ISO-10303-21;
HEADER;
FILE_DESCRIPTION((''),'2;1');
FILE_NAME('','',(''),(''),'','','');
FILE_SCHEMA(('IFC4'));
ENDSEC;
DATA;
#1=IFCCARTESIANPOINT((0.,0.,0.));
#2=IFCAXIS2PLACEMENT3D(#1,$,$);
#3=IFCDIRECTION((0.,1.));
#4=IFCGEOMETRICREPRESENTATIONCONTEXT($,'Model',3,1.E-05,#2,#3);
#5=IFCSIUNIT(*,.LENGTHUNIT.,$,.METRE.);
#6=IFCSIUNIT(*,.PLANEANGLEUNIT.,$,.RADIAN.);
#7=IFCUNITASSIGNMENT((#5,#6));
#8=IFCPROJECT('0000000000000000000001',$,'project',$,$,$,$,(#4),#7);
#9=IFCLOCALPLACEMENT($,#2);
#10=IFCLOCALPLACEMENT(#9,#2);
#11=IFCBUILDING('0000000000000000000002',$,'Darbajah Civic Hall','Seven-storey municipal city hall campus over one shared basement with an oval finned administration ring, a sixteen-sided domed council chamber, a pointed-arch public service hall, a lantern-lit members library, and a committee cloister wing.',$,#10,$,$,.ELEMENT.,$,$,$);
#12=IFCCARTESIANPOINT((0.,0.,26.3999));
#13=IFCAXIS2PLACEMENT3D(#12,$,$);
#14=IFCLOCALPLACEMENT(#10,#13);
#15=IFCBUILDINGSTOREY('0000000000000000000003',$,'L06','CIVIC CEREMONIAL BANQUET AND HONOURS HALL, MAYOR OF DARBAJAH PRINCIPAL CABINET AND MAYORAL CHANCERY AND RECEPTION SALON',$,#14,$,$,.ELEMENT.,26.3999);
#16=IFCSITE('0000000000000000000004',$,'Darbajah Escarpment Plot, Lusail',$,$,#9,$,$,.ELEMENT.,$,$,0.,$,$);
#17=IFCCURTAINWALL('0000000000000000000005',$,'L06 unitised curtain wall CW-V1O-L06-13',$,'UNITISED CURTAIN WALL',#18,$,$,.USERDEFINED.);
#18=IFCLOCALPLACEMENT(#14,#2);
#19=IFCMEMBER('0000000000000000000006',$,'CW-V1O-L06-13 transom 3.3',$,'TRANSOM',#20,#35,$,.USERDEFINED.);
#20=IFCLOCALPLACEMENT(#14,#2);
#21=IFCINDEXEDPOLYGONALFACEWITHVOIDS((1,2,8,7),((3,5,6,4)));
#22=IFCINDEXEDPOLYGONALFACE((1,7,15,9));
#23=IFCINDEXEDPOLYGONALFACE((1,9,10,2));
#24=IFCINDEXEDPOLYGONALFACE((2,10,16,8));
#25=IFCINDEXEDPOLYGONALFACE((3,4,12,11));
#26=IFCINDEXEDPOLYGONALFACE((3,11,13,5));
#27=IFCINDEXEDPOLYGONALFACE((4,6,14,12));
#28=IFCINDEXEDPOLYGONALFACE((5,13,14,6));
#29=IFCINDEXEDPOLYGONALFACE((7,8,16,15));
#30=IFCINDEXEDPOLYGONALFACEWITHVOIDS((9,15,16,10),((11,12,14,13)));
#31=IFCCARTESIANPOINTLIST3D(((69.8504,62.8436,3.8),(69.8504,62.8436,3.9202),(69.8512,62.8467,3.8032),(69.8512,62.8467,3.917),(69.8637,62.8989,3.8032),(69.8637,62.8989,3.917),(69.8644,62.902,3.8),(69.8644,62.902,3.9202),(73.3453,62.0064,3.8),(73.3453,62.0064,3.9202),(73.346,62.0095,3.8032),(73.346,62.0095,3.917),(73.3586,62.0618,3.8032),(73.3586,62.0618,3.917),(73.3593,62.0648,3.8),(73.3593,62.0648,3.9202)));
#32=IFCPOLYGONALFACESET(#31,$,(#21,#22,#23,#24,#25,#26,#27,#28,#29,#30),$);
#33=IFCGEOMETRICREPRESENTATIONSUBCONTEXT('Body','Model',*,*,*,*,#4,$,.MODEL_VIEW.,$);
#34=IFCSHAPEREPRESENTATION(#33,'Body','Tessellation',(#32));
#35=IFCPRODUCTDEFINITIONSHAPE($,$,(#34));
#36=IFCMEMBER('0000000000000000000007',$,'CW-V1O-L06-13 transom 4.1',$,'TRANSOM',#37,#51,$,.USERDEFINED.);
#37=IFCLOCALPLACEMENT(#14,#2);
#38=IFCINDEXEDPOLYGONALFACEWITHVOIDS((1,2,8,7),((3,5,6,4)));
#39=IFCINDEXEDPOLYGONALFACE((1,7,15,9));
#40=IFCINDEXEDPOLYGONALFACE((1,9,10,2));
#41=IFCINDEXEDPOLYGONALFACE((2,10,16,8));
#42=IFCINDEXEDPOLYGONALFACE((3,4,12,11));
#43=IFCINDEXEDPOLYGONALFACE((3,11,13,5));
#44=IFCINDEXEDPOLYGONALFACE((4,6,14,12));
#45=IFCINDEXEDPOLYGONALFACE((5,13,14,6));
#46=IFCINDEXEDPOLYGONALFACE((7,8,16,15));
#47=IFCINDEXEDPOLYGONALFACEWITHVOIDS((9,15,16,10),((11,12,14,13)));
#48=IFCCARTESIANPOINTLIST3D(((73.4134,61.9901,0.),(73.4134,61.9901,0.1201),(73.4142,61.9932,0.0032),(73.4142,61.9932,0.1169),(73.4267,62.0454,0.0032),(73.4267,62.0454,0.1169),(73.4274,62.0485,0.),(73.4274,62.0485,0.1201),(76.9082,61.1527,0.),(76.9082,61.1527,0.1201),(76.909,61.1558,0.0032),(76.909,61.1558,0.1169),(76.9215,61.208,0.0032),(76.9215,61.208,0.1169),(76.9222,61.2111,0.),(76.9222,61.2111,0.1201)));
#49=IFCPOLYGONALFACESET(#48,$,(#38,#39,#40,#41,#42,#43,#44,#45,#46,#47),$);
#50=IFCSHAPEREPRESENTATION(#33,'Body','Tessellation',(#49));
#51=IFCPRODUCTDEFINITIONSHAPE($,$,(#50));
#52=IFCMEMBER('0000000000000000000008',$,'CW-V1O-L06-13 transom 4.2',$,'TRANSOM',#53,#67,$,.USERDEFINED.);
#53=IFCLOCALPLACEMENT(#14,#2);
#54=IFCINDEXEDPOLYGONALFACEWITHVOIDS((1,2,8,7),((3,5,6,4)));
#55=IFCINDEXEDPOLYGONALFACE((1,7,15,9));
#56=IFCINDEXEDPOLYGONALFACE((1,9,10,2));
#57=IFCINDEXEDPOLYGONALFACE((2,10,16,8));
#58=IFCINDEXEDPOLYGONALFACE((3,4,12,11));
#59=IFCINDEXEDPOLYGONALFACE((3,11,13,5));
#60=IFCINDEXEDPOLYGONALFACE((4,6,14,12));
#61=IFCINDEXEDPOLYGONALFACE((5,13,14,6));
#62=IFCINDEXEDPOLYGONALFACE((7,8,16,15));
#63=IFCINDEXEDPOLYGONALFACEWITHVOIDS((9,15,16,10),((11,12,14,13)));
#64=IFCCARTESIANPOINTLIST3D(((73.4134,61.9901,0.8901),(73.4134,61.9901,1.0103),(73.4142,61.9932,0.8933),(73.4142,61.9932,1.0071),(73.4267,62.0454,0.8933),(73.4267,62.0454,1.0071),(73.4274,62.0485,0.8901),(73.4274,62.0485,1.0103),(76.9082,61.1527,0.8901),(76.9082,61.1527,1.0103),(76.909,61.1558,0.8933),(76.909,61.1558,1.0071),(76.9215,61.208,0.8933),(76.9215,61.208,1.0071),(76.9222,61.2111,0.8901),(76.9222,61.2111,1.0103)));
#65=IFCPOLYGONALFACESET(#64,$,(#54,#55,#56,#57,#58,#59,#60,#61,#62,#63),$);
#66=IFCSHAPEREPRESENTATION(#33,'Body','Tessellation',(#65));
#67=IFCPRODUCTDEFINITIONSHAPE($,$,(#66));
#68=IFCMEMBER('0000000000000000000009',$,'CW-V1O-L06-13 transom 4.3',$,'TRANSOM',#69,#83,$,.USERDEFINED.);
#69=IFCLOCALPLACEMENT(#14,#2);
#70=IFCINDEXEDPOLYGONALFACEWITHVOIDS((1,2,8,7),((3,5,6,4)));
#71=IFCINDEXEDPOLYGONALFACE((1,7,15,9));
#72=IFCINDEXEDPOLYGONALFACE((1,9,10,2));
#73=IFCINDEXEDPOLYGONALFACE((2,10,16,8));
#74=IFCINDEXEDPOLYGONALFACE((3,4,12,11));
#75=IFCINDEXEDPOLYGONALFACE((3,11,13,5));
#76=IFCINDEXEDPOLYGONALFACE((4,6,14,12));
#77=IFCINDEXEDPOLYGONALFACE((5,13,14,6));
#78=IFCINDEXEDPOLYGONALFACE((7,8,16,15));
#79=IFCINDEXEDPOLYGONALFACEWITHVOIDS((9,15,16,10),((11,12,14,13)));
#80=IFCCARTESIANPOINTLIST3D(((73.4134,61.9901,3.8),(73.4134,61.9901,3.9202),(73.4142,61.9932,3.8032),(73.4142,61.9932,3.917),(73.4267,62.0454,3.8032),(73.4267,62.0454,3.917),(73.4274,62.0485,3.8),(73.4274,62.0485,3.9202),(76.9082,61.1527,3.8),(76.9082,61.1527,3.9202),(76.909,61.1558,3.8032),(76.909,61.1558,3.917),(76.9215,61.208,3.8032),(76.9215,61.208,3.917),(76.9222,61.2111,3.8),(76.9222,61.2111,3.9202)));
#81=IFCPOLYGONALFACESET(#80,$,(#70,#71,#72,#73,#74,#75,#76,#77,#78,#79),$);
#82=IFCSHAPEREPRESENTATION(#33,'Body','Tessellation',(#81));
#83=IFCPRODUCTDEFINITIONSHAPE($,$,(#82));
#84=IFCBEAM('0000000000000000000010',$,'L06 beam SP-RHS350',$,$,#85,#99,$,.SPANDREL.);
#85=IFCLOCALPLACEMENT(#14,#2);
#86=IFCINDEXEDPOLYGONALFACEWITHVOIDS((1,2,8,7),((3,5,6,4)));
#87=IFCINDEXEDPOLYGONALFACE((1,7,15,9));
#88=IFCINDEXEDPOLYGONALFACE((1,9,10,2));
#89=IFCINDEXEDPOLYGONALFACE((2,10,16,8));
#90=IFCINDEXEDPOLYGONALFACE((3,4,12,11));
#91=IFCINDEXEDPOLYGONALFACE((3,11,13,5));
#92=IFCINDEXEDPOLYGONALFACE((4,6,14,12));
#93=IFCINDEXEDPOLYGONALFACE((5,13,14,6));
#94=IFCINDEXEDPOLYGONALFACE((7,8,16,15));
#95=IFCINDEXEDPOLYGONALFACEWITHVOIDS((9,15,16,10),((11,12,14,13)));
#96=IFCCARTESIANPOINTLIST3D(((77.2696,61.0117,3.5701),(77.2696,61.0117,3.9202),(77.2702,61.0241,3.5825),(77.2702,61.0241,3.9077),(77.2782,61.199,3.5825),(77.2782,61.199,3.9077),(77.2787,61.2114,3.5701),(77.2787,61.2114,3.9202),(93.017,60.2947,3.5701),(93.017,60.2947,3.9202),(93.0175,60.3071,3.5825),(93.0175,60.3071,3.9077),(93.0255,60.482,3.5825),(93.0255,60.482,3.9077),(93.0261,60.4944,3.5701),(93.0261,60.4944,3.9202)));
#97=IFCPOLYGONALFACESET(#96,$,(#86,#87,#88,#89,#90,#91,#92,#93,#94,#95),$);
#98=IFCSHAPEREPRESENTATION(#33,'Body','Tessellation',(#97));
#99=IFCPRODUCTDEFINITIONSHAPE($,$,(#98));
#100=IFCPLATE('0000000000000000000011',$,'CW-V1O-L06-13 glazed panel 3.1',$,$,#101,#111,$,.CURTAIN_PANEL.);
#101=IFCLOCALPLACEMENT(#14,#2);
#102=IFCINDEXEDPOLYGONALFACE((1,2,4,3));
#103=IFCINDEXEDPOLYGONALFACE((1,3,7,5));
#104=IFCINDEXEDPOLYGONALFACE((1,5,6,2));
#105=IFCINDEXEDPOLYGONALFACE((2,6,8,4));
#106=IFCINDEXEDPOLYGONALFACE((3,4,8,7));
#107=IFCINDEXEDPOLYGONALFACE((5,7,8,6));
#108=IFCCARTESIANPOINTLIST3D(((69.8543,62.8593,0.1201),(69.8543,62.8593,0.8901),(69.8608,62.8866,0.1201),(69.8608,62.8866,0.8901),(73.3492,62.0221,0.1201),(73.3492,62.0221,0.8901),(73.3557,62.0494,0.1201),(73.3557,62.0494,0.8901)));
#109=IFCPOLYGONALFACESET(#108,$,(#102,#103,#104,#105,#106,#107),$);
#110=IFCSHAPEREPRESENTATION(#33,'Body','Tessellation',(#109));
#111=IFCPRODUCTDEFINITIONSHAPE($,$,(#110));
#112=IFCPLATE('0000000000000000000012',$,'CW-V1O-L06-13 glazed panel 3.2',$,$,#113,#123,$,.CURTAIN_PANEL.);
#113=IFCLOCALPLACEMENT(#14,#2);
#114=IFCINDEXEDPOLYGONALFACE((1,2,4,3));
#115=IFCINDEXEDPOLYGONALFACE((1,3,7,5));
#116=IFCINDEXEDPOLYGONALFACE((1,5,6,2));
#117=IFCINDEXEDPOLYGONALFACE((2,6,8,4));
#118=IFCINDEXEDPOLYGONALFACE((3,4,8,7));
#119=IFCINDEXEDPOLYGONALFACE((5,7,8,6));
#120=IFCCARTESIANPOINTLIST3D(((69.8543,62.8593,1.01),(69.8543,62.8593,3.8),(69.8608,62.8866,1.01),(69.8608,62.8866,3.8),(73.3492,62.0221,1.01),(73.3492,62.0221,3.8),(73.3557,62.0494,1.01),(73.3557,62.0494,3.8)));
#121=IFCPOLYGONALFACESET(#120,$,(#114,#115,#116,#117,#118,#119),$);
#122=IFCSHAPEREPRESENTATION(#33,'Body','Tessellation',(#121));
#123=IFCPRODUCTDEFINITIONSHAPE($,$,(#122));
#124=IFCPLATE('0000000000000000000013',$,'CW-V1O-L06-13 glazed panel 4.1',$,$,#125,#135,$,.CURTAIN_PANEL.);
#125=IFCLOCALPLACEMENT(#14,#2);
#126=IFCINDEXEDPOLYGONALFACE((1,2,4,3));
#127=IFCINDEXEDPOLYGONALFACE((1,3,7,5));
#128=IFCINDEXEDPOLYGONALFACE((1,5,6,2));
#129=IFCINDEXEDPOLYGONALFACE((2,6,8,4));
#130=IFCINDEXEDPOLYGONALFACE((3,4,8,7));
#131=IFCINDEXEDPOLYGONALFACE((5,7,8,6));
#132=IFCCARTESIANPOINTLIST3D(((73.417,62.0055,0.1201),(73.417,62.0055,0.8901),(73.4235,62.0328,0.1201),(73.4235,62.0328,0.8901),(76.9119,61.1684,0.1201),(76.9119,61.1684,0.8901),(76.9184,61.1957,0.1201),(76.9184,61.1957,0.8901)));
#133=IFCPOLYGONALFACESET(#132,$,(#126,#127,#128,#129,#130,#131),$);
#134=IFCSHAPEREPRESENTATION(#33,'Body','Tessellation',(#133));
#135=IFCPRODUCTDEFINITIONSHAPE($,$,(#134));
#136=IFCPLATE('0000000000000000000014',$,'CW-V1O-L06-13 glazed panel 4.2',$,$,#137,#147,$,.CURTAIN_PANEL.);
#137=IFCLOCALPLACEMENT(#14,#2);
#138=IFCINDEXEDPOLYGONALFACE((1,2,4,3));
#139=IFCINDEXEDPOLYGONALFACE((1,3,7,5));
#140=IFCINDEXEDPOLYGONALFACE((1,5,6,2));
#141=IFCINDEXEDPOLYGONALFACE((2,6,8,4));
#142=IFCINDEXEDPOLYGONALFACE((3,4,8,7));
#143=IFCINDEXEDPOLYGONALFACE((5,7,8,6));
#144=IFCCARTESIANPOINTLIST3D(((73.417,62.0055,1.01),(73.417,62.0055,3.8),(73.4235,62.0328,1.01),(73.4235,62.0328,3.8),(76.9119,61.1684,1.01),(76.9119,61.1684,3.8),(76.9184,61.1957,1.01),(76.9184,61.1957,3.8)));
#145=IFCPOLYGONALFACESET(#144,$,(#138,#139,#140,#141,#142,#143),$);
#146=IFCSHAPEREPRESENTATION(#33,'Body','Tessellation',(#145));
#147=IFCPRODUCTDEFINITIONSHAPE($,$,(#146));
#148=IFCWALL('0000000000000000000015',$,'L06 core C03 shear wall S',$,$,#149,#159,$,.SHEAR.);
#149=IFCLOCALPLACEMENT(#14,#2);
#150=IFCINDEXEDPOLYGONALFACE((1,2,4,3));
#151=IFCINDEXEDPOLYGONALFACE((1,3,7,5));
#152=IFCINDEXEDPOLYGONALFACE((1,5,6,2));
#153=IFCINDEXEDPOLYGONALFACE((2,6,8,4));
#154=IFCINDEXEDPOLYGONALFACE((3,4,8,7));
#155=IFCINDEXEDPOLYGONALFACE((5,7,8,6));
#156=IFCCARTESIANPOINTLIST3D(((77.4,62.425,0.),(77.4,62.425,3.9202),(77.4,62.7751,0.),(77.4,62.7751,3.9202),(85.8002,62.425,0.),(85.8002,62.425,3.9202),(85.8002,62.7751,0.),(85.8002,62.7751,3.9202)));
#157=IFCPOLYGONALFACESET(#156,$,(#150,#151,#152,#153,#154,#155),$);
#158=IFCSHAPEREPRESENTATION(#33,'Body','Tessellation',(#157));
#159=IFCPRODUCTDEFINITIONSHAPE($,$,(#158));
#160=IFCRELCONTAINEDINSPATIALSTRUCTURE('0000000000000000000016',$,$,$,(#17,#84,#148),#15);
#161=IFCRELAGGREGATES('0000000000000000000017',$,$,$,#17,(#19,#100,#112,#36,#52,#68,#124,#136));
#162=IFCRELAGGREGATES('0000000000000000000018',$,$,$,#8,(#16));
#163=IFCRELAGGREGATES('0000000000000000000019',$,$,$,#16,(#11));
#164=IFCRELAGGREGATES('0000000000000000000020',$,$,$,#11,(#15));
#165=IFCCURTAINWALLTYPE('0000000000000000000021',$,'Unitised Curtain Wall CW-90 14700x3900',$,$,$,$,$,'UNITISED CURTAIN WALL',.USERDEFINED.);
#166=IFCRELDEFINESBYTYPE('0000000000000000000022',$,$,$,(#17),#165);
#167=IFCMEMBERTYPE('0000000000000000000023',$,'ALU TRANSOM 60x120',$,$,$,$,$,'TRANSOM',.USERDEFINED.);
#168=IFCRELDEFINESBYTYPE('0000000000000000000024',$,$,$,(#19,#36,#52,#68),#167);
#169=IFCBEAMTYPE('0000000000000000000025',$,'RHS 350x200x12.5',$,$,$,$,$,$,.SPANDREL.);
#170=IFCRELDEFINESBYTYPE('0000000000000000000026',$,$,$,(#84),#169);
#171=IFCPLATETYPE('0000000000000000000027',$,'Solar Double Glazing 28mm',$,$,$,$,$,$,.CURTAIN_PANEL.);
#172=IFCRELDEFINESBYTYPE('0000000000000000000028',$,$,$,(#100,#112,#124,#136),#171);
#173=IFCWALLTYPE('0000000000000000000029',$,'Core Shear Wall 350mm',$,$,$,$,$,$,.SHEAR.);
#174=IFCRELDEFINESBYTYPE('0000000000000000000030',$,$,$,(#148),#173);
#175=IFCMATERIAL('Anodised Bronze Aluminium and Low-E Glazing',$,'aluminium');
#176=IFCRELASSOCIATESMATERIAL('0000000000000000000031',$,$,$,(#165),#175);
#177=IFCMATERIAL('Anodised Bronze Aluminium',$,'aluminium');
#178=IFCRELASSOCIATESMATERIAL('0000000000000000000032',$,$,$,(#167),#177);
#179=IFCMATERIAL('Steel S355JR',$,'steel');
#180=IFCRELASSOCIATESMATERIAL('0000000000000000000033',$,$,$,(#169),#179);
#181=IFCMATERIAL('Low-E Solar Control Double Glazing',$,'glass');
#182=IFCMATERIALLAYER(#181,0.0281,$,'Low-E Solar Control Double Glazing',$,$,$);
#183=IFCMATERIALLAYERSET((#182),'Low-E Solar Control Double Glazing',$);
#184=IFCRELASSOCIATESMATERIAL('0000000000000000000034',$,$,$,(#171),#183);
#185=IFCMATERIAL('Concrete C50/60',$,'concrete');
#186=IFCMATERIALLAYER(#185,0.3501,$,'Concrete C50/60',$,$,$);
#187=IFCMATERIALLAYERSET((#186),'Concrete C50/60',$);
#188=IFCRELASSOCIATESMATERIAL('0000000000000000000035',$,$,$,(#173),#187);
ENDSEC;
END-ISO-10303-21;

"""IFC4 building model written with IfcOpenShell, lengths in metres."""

from ifc_helpers import new_model, si_unit, direction, frame, frame_2d, origin, origin_2d, place, context, subcontext, project, spatial, rectangle, hollow_rectangle, extrude, material, layer, layer_set, material_profile, profile_set, type_object, element, aggregate, save


model = new_model("IFC4")

# Units and contexts
model_context = context("Model", 3, precision=1e-05, world=origin(), true_north=direction((0.0, 1.0)))
body_context = subcontext(model_context, "Body", "Model", "MODEL_VIEW")
ifc_project = project(units=[si_unit("LENGTHUNIT", "METRE"), si_unit("PLANEANGLEUNIT", "RADIAN")], contexts=[model_context])

# Site, building, storey
site_placement = place(None, origin())
site = spatial("IfcSite", under=ifc_project, at=site_placement, Name="Darbajah Escarpment Plot, Lusail", CompositionType="ELEMENT", RefElevation=0.0)
building_placement = place(site_placement, origin())
building = spatial("IfcBuilding", under=site, at=building_placement, Name="Darbajah Civic Hall", Description="Seven-storey municipal city hall campus over one shared basement with an oval finned administration ring, a sixteen-sided domed council chamber, a pointed-arch public service hall, a lantern-lit members library, and a committee cloister wing.", CompositionType="ELEMENT")
storey_placement = place(building_placement, frame((0.0, 0.0, 26.3999)))
storey = spatial("IfcBuildingStorey", under=building, at=storey_placement, Name="L06", Description="CIVIC CEREMONIAL BANQUET AND HONOURS HALL, MAYOR OF DARBAJAH PRINCIPAL CABINET AND MAYORAL CHANCERY AND RECEPTION SALON", CompositionType="ELEMENT", Elevation=26.3999)

# Shared definitions
ifc_material_1 = material(Name="Anodised Bronze Aluminium and Low-E Glazing", Category="aluminium")
ifc_material_2 = material(Name="Anodised Bronze Aluminium", Category="aluminium")

# Curtain wall
curtain_wall_type_1 = type_object("IfcCurtainWallType", Name="Unitised Curtain Wall CW-90 14700x3900", ElementType="UNITISED CURTAIN WALL", PredefinedType="USERDEFINED", material=ifc_material_1)
curtain_wall_1_placement = place(storey_placement, origin())
curtain_wall_1 = element("IfcCurtainWall", 1, at=curtain_wall_1_placement, inside=storey, type_object=curtain_wall_type_1, Name="L06 unitised curtain wall CW-V1O-L06-13", ObjectType="UNITISED CURTAIN WALL", PredefinedType="USERDEFINED")

# Members
ifc_material_profile_1 = material_profile(ifc_material_2, hollow_rectangle(XDim=0.0601, YDim=0.1201, WallThickness=0.0032, at=origin_2d()), Name="ALU TRANSOM 60x120")
ifc_profile_set_1 = profile_set([ifc_material_profile_1], Name="Anodised Bronze Aluminium")
member_type_1 = type_object("IfcMemberType", Name="ALU TRANSOM 60x120", ElementType="TRANSOM", PredefinedType="USERDEFINED", material=ifc_profile_set_1)
member_1_placement = place(storey_placement, frame((69.8574, 62.8728, 3.8601), z_axis=(0.972489, -0.232949, 0.0), x_axis=(0.232949, 0.972489, 0.0)))
member_1 = element("IfcMember", 2, at=member_1_placement, type_object=member_type_1, Name="CW-V1O-L06-13 transom 3.3", ObjectType="TRANSOM", PredefinedType="USERDEFINED", context=body_context, shape_type="SweptSolid", body=[
    extrude(hollow_rectangle(XDim=0.0601, YDim=0.1201, WallThickness=0.0032, at=origin_2d()), origin(), (0.0, 0.0, 1.0), 3.5938),
])
member_2_placement = place(storey_placement, frame((73.4204, 62.0193, 0.0601), z_axis=(0.972474, -0.233013, 0.0), x_axis=(0.233013, 0.972474, 0.0)))
member_2 = element("IfcMember", 3, at=member_2_placement, type_object=member_type_1, Name="CW-V1O-L06-13 transom 4.1", ObjectType="TRANSOM", PredefinedType="USERDEFINED", context=body_context, shape_type="SweptSolid", body=[
    extrude(hollow_rectangle(XDim=0.0601, YDim=0.1201, WallThickness=0.0032, at=origin_2d()), origin(), (0.0, 0.0, 1.0), 3.5938),
])
member_3_placement = place(storey_placement, frame((73.4204, 62.0193, 0.9502), z_axis=(0.972474, -0.233013, 0.0), x_axis=(0.233013, 0.972474, 0.0)))
member_3 = element("IfcMember", 4, at=member_3_placement, type_object=member_type_1, Name="CW-V1O-L06-13 transom 4.2", ObjectType="TRANSOM", PredefinedType="USERDEFINED", context=body_context, shape_type="SweptSolid", body=[
    extrude(hollow_rectangle(XDim=0.0601, YDim=0.1201, WallThickness=0.0032, at=origin_2d()), origin(), (0.0, 0.0, 1.0), 3.5938),
])
member_4_placement = place(storey_placement, frame((73.4204, 62.0193, 3.8601), z_axis=(0.972474, -0.233013, 0.0), x_axis=(0.233013, 0.972474, 0.0)))
member_4 = element("IfcMember", 5, at=member_4_placement, type_object=member_type_1, Name="CW-V1O-L06-13 transom 4.3", ObjectType="TRANSOM", PredefinedType="USERDEFINED", context=body_context, shape_type="SweptSolid", body=[
    extrude(hollow_rectangle(XDim=0.0601, YDim=0.1201, WallThickness=0.0032, at=origin_2d()), origin(), (0.0, 0.0, 1.0), 3.5938),
])

# Beam
ifc_material_3 = material(Name="Steel S355JR", Category="steel")
ifc_material_profile_2 = material_profile(ifc_material_3, hollow_rectangle(XDim=0.2, YDim=0.3501, WallThickness=0.0125, at=origin_2d()), Name="RHS 350x200x12.5")
ifc_profile_set_2 = profile_set([ifc_material_profile_2], Name="Steel S355JR")
beam_type = type_object("IfcBeamType", Name="RHS 350x200x12.5", PredefinedType="SPANDREL", material=ifc_profile_set_2)
beam_placement = place(storey_placement, frame((77.2742, 61.1116, 3.7451), z_axis=(0.998965, -0.045487, 0.0), x_axis=(0.045487, 0.998965, 0.0)))
element("IfcBeam", 6, at=beam_placement, inside=storey, type_object=beam_type, Name="L06 beam SP-RHS350", PredefinedType="SPANDREL", context=body_context, shape_type="SweptSolid", body=[
    extrude(hollow_rectangle(XDim=0.2, YDim=0.3501, WallThickness=0.0125, at=origin_2d()), origin(), (0.0, 0.0, 1.0), 15.7637),
])

# Plates
ifc_material_4 = material(Name="Low-E Solar Control Double Glazing", Category="glass")
ifc_layer_1 = layer(ifc_material_4, 0.0281, Name="Low-E Solar Control Double Glazing")
ifc_layer_set_1 = layer_set([ifc_layer_1], Name="Low-E Solar Control Double Glazing")
plate_type = type_object("IfcPlateType", Name="Solar Double Glazing 28mm", PredefinedType="CURTAIN_PANEL", material=ifc_layer_set_1)
plate_1_placement = place(storey_placement, frame((71.605, 62.4543, 0.1201), z_axis=(0.0, 0.0, 1.0), x_axis=(0.972492, -0.232936, 0.0)))
plate_1 = element("IfcPlate", 7, at=plate_1_placement, type_object=plate_type, Name="CW-V1O-L06-13 glazed panel 3.1", PredefinedType="CURTAIN_PANEL", context=body_context, shape_type="SweptSolid", body=[
    extrude(rectangle(XDim=3.5938, YDim=0.0281, at=origin_2d()), origin(), (0.0, 0.0, 1.0), 0.77),
])
plate_2_placement = place(storey_placement, frame((71.605, 62.4543, 1.01), z_axis=(0.0, 0.0, 1.0), x_axis=(0.972492, -0.232936, 0.0)))
plate_2 = element("IfcPlate", 8, at=plate_2_placement, type_object=plate_type, Name="CW-V1O-L06-13 glazed panel 3.2", PredefinedType="CURTAIN_PANEL", context=body_context, shape_type="SweptSolid", body=[
    extrude(rectangle(XDim=3.5938, YDim=0.0281, at=origin_2d()), origin(), (0.0, 0.0, 1.0), 2.79),
])
plate_3_placement = place(storey_placement, frame((75.1677, 61.6006, 0.1201), z_axis=(0.0, 0.0, 1.0), x_axis=(0.972492, -0.232936, 0.0)))
plate_3 = element("IfcPlate", 9, at=plate_3_placement, type_object=plate_type, Name="CW-V1O-L06-13 glazed panel 4.1", PredefinedType="CURTAIN_PANEL", context=body_context, shape_type="SweptSolid", body=[
    extrude(rectangle(XDim=3.5938, YDim=0.0281, at=origin_2d()), origin(), (0.0, 0.0, 1.0), 0.77),
])
plate_4_placement = place(storey_placement, frame((75.1677, 61.6006, 1.01), z_axis=(0.0, 0.0, 1.0), x_axis=(0.972492, -0.232936, 0.0)))
plate_4 = element("IfcPlate", 10, at=plate_4_placement, type_object=plate_type, Name="CW-V1O-L06-13 glazed panel 4.2", PredefinedType="CURTAIN_PANEL", context=body_context, shape_type="SweptSolid", body=[
    extrude(rectangle(XDim=3.5938, YDim=0.0281, at=origin_2d()), origin(), (0.0, 0.0, 1.0), 2.79),
])
aggregate(curtain_wall_1, [member_1, plate_1, plate_2, member_2, member_3, member_4, plate_3, plate_4])

# Wall
ifc_material_5 = material(Name="Concrete C50/60", Category="concrete")
ifc_layer_2 = layer(ifc_material_5, 0.3501, Name="Concrete C50/60")
ifc_layer_set_2 = layer_set([ifc_layer_2], Name="Concrete C50/60")
wall_type = type_object("IfcWallType", Name="Core Shear Wall 350mm", PredefinedType="SHEAR", material=ifc_layer_set_2)
wall_1_placement = place(storey_placement, frame((77.3999, 62.6001, 0.0), z_axis=(0.0, 0.0, 1.0), x_axis=(1.0, 0.0, 0.0)))
element("IfcWall", 11, at=wall_1_placement, inside=storey, type_object=wall_type, Name="L06 core C03 shear wall S", PredefinedType="SHEAR", context=body_context, shape_type="SweptSolid", body=[
    extrude(rectangle(XDim=8.4001, YDim=0.3501, at=frame_2d((4.2002, 0.0))), origin(), (0.0, 0.0, 1.0), 3.9202),
])

save(model, "model.ifc")
